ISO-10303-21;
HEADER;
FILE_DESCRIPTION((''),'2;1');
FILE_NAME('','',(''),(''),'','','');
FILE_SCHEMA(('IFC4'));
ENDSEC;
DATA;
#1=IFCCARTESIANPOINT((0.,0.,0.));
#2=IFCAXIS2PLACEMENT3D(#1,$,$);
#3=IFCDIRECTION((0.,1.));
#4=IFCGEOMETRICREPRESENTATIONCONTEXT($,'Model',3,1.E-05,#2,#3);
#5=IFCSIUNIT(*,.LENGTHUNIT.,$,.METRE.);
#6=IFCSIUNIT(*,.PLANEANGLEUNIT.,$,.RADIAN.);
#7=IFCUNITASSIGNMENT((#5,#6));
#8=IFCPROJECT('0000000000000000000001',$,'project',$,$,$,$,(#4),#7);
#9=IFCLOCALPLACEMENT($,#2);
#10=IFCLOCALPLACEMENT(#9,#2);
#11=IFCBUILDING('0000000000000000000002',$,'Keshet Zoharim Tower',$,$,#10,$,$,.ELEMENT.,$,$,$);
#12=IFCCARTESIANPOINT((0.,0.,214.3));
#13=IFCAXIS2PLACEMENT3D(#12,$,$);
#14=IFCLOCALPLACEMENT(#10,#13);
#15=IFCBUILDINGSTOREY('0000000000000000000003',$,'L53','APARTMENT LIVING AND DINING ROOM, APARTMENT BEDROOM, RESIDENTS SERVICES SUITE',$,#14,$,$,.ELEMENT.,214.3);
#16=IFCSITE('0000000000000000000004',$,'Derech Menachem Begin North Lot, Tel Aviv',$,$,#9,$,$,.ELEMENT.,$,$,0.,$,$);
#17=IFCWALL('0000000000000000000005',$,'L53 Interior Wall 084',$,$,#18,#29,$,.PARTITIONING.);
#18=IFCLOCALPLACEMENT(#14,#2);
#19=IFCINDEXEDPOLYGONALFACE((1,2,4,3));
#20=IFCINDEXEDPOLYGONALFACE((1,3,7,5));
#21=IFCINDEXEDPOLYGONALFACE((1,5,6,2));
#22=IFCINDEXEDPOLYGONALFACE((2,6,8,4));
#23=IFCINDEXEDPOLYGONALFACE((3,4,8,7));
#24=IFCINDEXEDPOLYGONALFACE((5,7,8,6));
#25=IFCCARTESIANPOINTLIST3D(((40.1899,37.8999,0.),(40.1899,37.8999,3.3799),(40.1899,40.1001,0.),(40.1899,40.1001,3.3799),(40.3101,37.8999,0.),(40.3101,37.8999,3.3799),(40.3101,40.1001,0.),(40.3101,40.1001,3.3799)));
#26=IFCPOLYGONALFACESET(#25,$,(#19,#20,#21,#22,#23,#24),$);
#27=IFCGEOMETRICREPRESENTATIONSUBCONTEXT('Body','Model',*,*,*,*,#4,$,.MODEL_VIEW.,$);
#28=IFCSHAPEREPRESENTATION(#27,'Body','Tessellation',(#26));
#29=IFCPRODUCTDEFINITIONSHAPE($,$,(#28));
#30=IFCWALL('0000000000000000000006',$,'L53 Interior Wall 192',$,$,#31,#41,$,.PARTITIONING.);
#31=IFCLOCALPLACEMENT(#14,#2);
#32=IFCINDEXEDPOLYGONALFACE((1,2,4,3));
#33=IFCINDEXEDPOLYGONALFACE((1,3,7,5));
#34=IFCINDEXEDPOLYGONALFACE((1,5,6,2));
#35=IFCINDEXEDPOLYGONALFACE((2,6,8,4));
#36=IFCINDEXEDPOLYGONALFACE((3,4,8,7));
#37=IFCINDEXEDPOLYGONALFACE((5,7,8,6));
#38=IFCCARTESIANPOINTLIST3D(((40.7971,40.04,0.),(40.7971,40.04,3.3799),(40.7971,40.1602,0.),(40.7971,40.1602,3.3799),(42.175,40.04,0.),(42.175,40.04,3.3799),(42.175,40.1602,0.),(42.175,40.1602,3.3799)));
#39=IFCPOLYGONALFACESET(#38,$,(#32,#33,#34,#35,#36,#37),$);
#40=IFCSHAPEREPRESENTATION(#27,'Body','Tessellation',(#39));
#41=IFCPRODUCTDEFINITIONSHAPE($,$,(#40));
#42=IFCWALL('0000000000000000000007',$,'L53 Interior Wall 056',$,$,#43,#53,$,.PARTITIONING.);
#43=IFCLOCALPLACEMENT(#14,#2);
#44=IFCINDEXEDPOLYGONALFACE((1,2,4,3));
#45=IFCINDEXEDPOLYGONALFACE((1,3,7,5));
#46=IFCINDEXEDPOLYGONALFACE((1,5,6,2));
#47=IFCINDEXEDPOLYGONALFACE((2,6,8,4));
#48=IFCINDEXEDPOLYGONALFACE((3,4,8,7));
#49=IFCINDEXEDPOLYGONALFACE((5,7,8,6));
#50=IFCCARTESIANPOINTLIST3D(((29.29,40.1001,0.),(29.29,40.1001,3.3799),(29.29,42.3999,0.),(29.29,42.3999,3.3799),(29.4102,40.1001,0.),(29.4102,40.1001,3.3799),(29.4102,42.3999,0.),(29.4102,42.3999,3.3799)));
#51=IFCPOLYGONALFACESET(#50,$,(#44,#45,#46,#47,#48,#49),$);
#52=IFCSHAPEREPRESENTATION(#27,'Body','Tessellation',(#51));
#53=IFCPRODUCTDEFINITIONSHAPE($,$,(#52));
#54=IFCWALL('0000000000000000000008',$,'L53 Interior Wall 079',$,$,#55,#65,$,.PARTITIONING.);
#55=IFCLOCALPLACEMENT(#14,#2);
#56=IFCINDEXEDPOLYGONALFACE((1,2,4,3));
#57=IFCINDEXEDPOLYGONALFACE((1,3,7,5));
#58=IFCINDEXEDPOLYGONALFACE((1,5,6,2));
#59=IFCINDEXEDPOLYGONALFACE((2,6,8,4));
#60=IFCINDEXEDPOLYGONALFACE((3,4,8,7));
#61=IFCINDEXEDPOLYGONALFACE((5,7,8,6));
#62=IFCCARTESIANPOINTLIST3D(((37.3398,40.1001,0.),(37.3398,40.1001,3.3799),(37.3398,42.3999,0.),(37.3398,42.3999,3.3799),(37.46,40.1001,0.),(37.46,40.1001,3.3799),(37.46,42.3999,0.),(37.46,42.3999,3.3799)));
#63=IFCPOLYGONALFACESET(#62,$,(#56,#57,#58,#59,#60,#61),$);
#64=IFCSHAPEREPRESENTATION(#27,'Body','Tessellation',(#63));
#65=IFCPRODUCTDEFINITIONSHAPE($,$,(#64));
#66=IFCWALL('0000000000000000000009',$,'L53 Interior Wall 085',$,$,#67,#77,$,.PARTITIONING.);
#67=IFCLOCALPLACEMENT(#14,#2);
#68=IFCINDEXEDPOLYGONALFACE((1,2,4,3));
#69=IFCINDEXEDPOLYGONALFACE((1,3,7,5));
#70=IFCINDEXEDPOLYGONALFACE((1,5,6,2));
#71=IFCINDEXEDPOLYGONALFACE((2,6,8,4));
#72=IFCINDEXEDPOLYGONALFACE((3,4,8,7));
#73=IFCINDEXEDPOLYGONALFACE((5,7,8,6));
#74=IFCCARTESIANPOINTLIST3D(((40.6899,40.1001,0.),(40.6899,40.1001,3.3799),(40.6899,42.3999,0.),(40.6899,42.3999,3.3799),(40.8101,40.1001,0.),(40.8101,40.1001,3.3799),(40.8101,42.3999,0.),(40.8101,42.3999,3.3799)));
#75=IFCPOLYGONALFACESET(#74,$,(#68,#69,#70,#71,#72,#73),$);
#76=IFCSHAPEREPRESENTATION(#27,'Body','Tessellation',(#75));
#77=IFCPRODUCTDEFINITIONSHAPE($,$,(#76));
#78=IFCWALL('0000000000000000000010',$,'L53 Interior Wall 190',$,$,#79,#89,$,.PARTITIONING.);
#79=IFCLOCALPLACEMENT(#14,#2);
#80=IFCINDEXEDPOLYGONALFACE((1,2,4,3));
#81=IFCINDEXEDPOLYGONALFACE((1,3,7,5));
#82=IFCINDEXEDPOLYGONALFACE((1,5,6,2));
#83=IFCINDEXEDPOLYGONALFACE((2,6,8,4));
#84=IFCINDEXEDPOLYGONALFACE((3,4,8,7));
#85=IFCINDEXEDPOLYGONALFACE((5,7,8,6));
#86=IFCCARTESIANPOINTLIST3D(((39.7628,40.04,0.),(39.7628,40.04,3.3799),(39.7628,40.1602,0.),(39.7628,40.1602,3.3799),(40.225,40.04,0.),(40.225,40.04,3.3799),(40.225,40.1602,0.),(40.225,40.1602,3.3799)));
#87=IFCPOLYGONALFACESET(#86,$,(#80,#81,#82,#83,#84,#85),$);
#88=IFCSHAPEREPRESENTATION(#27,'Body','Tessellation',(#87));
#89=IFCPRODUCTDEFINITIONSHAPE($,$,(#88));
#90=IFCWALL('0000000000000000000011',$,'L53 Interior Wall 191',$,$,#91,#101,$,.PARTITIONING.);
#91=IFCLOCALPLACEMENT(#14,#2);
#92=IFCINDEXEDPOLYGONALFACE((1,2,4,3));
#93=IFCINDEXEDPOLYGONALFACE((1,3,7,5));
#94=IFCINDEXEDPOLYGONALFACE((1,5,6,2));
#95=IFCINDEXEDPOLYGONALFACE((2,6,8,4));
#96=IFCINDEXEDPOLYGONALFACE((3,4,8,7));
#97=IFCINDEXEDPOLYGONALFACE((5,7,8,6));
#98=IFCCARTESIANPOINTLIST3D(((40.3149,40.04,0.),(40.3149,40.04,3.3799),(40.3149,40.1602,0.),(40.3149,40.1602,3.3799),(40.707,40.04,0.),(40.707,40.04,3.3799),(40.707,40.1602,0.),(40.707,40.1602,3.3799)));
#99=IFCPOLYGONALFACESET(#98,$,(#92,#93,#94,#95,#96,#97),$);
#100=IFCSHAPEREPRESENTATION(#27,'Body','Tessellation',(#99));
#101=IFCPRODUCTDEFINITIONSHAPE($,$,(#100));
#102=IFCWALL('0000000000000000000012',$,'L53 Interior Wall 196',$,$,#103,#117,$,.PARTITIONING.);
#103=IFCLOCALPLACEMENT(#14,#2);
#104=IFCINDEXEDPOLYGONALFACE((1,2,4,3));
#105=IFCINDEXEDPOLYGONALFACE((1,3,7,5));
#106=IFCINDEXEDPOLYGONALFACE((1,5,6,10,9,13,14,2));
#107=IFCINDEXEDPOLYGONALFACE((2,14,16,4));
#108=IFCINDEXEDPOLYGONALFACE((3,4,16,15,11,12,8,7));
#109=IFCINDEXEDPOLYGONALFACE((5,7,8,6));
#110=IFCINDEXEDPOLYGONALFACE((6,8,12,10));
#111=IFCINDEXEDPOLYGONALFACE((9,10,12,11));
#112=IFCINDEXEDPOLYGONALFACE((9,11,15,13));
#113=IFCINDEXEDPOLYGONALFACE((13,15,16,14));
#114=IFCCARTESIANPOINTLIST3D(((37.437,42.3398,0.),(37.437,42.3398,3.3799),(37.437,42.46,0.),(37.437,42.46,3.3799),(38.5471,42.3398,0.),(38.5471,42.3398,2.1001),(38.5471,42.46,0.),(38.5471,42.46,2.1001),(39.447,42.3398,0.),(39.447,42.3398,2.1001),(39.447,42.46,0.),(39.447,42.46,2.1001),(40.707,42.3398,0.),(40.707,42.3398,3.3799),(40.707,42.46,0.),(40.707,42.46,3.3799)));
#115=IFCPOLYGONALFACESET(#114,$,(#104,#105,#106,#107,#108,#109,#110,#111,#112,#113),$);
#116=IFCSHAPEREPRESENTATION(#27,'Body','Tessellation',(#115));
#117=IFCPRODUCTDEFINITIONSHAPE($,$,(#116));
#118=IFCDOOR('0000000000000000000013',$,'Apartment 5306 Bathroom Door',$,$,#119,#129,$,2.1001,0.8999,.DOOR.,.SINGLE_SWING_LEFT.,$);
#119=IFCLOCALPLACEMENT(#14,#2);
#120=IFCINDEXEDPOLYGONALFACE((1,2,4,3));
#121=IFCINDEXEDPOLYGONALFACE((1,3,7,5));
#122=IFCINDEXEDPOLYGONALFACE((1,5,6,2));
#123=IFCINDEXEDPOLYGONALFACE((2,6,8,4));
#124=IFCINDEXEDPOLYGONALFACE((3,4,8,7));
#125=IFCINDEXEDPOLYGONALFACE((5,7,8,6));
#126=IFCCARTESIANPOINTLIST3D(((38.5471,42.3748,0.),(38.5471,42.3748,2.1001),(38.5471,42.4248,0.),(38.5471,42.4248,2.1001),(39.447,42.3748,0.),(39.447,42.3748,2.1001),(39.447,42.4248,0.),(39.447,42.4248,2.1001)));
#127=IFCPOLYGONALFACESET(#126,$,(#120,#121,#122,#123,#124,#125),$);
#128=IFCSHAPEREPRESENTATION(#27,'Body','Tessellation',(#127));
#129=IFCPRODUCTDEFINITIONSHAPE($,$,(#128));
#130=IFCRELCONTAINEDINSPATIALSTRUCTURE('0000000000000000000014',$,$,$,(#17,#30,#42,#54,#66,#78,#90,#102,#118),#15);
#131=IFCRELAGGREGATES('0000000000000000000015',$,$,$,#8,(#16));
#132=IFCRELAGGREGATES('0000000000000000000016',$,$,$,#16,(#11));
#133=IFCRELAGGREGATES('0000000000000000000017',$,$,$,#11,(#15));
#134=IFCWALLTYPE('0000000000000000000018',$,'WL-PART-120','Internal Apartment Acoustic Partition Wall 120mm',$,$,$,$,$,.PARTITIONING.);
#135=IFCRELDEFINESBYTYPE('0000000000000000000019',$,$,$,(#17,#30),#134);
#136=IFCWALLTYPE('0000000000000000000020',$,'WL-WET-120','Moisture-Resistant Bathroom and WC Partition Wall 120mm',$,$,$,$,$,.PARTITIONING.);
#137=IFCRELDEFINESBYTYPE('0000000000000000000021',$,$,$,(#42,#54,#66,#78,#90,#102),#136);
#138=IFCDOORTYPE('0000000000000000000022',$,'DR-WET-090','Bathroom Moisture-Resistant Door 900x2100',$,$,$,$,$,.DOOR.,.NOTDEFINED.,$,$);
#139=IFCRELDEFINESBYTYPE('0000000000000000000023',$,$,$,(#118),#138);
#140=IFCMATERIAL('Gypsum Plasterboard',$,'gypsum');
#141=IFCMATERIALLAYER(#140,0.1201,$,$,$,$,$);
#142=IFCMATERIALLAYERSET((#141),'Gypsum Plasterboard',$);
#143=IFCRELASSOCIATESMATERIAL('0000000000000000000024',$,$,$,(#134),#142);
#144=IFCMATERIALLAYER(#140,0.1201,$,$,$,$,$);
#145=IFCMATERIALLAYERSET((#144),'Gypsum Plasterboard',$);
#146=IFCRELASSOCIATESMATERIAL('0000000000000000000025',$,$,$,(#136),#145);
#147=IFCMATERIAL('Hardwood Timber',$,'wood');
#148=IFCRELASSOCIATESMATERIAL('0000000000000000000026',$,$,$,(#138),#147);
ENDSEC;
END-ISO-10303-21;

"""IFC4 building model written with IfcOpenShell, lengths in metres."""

from ifc_helpers import new_model, si_unit, direction, frame, frame_2d, origin, place, context, subcontext, project, spatial, rectangle, extrude, material, layer, layer_set, type_object, element, fill, save


model = new_model("IFC4")

# Units and contexts
model_context = context("Model", 3, precision=1e-05, world=origin(), true_north=direction((0.0, 1.0)))
body_context = subcontext(model_context, "Body", "Model", "MODEL_VIEW")
ifc_project = project(units=[si_unit("LENGTHUNIT", "METRE"), si_unit("PLANEANGLEUNIT", "RADIAN")], contexts=[model_context])

# Site, building, storey
site_placement = place(None, origin())
site = spatial("IfcSite", under=ifc_project, at=site_placement, Name="Derech Menachem Begin North Lot, Tel Aviv", CompositionType="ELEMENT", RefElevation=0.0)
building_placement = place(site_placement, origin())
building = spatial("IfcBuilding", under=site, at=building_placement, Name="Keshet Zoharim Tower", CompositionType="ELEMENT")
storey_placement = place(building_placement, frame((0.0, 0.0, 214.3)))
storey = spatial("IfcBuildingStorey", under=building, at=storey_placement, Name="L53", Description="APARTMENT LIVING AND DINING ROOM, APARTMENT BEDROOM, RESIDENTS SERVICES SUITE", CompositionType="ELEMENT", Elevation=214.3)

# Shared definitions
ifc_material_1 = material(Name="Gypsum Plasterboard", Category="gypsum")

# Shared definitions
ifc_material_2 = material(Name="Hardwood Timber", Category="wood")

# Walls
ifc_layer_1 = layer(ifc_material_1, 0.1201)
ifc_layer_set_1 = layer_set([ifc_layer_1], Name="Gypsum Plasterboard")
wall_type_1 = type_object("IfcWallType", Name="WL-PART-120", Description="Internal Apartment Acoustic Partition Wall 120mm", PredefinedType="PARTITIONING", material=ifc_layer_set_1)
wall_1_placement = place(storey_placement, frame((40.25, 37.8999, 0.0), z_axis=(0.0, 0.0, 1.0), x_axis=(0.0, 1.0, 0.0)))
element("IfcWall", 1, at=wall_1_placement, inside=storey, type_object=wall_type_1, Name="L53 Interior Wall 084", PredefinedType="PARTITIONING", context=body_context, shape_type="SweptSolid", body=[
    extrude(rectangle(XDim=2.2002, YDim=0.1201, at=frame_2d((1.1001, 0.0))), origin(), (0.0, 0.0, 1.0), 3.3799),
])
wall_2_placement = place(storey_placement, frame((40.7971, 40.1001, 0.0), z_axis=(0.0, 0.0, 1.0), x_axis=(1.0, 0.0, 0.0)))
element("IfcWall", 2, at=wall_2_placement, inside=storey, type_object=wall_type_1, Name="L53 Interior Wall 192", PredefinedType="PARTITIONING", context=body_context, shape_type="SweptSolid", body=[
    extrude(rectangle(XDim=1.3779, YDim=0.1201, at=frame_2d((0.689, 0.0))), origin(), (0.0, 0.0, 1.0), 3.3799),
])

# Walls
ifc_layer_2 = layer(ifc_material_1, 0.1201)
ifc_layer_set_2 = layer_set([ifc_layer_2], Name="Gypsum Plasterboard")
wall_type_2 = type_object("IfcWallType", Name="WL-WET-120", Description="Moisture-Resistant Bathroom and WC Partition Wall 120mm", PredefinedType="PARTITIONING", material=ifc_layer_set_2)
for number, where, z_axis, x_axis, name in (
    (3, (29.3501, 40.1001, 0.0), (0.0, 0.0, 1.0), (0.0, 1.0, 0.0), "L53 Interior Wall 056"),
    (4, (37.3999, 40.1001, 0.0), (0.0, 0.0, 1.0), (0.0, 1.0, 0.0), "L53 Interior Wall 079"),
    (5, (40.75, 40.1001, 0.0), (0.0, 0.0, 1.0), (0.0, 1.0, 0.0), "L53 Interior Wall 085"),
):
    element("IfcWall", number, at=place(storey_placement, frame(where, z_axis=z_axis, x_axis=x_axis)), inside=storey, type_object=wall_type_2, Name=name, PredefinedType="PARTITIONING", context=body_context, shape_type="SweptSolid", body=[
        extrude(rectangle(XDim=2.2998, YDim=0.1201, at=frame_2d((1.1499, 0.0))), origin(), (0.0, 0.0, 1.0), 3.3799),
    ])
wall_3_placement = place(storey_placement, frame((39.7629, 40.1001, 0.0), z_axis=(0.0, 0.0, 1.0), x_axis=(1.0, 0.0, 0.0)))
element("IfcWall", 6, at=wall_3_placement, inside=storey, type_object=wall_type_2, Name="L53 Interior Wall 190", PredefinedType="PARTITIONING", context=body_context, shape_type="SweptSolid", body=[
    extrude(rectangle(XDim=0.4622, YDim=0.1201, at=frame_2d((0.231, 0.0))), origin(), (0.0, 0.0, 1.0), 3.3799),
])
wall_4_placement = place(storey_placement, frame((40.3149, 40.1001, 0.0), z_axis=(0.0, 0.0, 1.0), x_axis=(1.0, 0.0, 0.0)))
element("IfcWall", 7, at=wall_4_placement, inside=storey, type_object=wall_type_2, Name="L53 Interior Wall 191", PredefinedType="PARTITIONING", context=body_context, shape_type="SweptSolid", body=[
    extrude(rectangle(XDim=0.3921, YDim=0.1201, at=frame_2d((0.196, 0.0))), origin(), (0.0, 0.0, 1.0), 3.3799),
])

# Wall, opening, door
wall_5_placement = place(storey_placement, frame((37.437, 42.3999, 0.0), z_axis=(0.0, 0.0, 1.0), x_axis=(1.0, 0.0, 0.0)))
wall_5 = element("IfcWall", 8, at=wall_5_placement, inside=storey, type_object=wall_type_2, Name="L53 Interior Wall 196", PredefinedType="PARTITIONING", context=body_context, shape_type="SweptSolid", body=[
    extrude(rectangle(XDim=3.27, YDim=0.1201, at=frame_2d((1.635, 0.0))), origin(), (0.0, 0.0, 1.0), 3.3799),
])
opening_1_placement = place(wall_5_placement, frame((1.1101, 0.0, 0.0)))
opening_1 = element("IfcOpeningElement", 9, at=opening_1_placement, cuts=wall_5, PredefinedType="OPENING", context=body_context, shape_type="SweptSolid", body=[
    extrude(rectangle(XDim=0.8999, YDim=2.1001, at=frame_2d((0.45, 1.05))), frame((0.0, 0.0701, 0.0), z_axis=(0.0, -1.0, 0.0), x_axis=(1.0, 0.0, 0.0)), (0.0, 0.0, 1.0), 0.1401),
])
door_type_1 = type_object("IfcDoorType", Name="DR-WET-090", Description="Bathroom Moisture-Resistant Door 900x2100", OperationType="NOTDEFINED", PredefinedType="DOOR", material=ifc_material_2)
door_1_placement = place(opening_1_placement, origin())
door_1 = element("IfcDoor", 10, at=door_1_placement, inside=storey, type_object=door_type_1, Name="Apartment 5306 Bathroom Door", OperationType="SINGLE_SWING_LEFT", OverallHeight=2.1001, OverallWidth=0.8999, PredefinedType="DOOR", context=body_context, shape_type="SweptSolid", body=[
    extrude(rectangle(XDim=0.8999, YDim=2.1001, at=frame_2d((0.45, 1.05))), frame((0.0, 0.0249, 0.0), z_axis=(0.0, -1.0, 0.0), x_axis=(1.0, 0.0, 0.0)), (0.0, 0.0, 1.0), 0.05),
])
fill(opening_1, door_1)

save(model, "model.ifc")
